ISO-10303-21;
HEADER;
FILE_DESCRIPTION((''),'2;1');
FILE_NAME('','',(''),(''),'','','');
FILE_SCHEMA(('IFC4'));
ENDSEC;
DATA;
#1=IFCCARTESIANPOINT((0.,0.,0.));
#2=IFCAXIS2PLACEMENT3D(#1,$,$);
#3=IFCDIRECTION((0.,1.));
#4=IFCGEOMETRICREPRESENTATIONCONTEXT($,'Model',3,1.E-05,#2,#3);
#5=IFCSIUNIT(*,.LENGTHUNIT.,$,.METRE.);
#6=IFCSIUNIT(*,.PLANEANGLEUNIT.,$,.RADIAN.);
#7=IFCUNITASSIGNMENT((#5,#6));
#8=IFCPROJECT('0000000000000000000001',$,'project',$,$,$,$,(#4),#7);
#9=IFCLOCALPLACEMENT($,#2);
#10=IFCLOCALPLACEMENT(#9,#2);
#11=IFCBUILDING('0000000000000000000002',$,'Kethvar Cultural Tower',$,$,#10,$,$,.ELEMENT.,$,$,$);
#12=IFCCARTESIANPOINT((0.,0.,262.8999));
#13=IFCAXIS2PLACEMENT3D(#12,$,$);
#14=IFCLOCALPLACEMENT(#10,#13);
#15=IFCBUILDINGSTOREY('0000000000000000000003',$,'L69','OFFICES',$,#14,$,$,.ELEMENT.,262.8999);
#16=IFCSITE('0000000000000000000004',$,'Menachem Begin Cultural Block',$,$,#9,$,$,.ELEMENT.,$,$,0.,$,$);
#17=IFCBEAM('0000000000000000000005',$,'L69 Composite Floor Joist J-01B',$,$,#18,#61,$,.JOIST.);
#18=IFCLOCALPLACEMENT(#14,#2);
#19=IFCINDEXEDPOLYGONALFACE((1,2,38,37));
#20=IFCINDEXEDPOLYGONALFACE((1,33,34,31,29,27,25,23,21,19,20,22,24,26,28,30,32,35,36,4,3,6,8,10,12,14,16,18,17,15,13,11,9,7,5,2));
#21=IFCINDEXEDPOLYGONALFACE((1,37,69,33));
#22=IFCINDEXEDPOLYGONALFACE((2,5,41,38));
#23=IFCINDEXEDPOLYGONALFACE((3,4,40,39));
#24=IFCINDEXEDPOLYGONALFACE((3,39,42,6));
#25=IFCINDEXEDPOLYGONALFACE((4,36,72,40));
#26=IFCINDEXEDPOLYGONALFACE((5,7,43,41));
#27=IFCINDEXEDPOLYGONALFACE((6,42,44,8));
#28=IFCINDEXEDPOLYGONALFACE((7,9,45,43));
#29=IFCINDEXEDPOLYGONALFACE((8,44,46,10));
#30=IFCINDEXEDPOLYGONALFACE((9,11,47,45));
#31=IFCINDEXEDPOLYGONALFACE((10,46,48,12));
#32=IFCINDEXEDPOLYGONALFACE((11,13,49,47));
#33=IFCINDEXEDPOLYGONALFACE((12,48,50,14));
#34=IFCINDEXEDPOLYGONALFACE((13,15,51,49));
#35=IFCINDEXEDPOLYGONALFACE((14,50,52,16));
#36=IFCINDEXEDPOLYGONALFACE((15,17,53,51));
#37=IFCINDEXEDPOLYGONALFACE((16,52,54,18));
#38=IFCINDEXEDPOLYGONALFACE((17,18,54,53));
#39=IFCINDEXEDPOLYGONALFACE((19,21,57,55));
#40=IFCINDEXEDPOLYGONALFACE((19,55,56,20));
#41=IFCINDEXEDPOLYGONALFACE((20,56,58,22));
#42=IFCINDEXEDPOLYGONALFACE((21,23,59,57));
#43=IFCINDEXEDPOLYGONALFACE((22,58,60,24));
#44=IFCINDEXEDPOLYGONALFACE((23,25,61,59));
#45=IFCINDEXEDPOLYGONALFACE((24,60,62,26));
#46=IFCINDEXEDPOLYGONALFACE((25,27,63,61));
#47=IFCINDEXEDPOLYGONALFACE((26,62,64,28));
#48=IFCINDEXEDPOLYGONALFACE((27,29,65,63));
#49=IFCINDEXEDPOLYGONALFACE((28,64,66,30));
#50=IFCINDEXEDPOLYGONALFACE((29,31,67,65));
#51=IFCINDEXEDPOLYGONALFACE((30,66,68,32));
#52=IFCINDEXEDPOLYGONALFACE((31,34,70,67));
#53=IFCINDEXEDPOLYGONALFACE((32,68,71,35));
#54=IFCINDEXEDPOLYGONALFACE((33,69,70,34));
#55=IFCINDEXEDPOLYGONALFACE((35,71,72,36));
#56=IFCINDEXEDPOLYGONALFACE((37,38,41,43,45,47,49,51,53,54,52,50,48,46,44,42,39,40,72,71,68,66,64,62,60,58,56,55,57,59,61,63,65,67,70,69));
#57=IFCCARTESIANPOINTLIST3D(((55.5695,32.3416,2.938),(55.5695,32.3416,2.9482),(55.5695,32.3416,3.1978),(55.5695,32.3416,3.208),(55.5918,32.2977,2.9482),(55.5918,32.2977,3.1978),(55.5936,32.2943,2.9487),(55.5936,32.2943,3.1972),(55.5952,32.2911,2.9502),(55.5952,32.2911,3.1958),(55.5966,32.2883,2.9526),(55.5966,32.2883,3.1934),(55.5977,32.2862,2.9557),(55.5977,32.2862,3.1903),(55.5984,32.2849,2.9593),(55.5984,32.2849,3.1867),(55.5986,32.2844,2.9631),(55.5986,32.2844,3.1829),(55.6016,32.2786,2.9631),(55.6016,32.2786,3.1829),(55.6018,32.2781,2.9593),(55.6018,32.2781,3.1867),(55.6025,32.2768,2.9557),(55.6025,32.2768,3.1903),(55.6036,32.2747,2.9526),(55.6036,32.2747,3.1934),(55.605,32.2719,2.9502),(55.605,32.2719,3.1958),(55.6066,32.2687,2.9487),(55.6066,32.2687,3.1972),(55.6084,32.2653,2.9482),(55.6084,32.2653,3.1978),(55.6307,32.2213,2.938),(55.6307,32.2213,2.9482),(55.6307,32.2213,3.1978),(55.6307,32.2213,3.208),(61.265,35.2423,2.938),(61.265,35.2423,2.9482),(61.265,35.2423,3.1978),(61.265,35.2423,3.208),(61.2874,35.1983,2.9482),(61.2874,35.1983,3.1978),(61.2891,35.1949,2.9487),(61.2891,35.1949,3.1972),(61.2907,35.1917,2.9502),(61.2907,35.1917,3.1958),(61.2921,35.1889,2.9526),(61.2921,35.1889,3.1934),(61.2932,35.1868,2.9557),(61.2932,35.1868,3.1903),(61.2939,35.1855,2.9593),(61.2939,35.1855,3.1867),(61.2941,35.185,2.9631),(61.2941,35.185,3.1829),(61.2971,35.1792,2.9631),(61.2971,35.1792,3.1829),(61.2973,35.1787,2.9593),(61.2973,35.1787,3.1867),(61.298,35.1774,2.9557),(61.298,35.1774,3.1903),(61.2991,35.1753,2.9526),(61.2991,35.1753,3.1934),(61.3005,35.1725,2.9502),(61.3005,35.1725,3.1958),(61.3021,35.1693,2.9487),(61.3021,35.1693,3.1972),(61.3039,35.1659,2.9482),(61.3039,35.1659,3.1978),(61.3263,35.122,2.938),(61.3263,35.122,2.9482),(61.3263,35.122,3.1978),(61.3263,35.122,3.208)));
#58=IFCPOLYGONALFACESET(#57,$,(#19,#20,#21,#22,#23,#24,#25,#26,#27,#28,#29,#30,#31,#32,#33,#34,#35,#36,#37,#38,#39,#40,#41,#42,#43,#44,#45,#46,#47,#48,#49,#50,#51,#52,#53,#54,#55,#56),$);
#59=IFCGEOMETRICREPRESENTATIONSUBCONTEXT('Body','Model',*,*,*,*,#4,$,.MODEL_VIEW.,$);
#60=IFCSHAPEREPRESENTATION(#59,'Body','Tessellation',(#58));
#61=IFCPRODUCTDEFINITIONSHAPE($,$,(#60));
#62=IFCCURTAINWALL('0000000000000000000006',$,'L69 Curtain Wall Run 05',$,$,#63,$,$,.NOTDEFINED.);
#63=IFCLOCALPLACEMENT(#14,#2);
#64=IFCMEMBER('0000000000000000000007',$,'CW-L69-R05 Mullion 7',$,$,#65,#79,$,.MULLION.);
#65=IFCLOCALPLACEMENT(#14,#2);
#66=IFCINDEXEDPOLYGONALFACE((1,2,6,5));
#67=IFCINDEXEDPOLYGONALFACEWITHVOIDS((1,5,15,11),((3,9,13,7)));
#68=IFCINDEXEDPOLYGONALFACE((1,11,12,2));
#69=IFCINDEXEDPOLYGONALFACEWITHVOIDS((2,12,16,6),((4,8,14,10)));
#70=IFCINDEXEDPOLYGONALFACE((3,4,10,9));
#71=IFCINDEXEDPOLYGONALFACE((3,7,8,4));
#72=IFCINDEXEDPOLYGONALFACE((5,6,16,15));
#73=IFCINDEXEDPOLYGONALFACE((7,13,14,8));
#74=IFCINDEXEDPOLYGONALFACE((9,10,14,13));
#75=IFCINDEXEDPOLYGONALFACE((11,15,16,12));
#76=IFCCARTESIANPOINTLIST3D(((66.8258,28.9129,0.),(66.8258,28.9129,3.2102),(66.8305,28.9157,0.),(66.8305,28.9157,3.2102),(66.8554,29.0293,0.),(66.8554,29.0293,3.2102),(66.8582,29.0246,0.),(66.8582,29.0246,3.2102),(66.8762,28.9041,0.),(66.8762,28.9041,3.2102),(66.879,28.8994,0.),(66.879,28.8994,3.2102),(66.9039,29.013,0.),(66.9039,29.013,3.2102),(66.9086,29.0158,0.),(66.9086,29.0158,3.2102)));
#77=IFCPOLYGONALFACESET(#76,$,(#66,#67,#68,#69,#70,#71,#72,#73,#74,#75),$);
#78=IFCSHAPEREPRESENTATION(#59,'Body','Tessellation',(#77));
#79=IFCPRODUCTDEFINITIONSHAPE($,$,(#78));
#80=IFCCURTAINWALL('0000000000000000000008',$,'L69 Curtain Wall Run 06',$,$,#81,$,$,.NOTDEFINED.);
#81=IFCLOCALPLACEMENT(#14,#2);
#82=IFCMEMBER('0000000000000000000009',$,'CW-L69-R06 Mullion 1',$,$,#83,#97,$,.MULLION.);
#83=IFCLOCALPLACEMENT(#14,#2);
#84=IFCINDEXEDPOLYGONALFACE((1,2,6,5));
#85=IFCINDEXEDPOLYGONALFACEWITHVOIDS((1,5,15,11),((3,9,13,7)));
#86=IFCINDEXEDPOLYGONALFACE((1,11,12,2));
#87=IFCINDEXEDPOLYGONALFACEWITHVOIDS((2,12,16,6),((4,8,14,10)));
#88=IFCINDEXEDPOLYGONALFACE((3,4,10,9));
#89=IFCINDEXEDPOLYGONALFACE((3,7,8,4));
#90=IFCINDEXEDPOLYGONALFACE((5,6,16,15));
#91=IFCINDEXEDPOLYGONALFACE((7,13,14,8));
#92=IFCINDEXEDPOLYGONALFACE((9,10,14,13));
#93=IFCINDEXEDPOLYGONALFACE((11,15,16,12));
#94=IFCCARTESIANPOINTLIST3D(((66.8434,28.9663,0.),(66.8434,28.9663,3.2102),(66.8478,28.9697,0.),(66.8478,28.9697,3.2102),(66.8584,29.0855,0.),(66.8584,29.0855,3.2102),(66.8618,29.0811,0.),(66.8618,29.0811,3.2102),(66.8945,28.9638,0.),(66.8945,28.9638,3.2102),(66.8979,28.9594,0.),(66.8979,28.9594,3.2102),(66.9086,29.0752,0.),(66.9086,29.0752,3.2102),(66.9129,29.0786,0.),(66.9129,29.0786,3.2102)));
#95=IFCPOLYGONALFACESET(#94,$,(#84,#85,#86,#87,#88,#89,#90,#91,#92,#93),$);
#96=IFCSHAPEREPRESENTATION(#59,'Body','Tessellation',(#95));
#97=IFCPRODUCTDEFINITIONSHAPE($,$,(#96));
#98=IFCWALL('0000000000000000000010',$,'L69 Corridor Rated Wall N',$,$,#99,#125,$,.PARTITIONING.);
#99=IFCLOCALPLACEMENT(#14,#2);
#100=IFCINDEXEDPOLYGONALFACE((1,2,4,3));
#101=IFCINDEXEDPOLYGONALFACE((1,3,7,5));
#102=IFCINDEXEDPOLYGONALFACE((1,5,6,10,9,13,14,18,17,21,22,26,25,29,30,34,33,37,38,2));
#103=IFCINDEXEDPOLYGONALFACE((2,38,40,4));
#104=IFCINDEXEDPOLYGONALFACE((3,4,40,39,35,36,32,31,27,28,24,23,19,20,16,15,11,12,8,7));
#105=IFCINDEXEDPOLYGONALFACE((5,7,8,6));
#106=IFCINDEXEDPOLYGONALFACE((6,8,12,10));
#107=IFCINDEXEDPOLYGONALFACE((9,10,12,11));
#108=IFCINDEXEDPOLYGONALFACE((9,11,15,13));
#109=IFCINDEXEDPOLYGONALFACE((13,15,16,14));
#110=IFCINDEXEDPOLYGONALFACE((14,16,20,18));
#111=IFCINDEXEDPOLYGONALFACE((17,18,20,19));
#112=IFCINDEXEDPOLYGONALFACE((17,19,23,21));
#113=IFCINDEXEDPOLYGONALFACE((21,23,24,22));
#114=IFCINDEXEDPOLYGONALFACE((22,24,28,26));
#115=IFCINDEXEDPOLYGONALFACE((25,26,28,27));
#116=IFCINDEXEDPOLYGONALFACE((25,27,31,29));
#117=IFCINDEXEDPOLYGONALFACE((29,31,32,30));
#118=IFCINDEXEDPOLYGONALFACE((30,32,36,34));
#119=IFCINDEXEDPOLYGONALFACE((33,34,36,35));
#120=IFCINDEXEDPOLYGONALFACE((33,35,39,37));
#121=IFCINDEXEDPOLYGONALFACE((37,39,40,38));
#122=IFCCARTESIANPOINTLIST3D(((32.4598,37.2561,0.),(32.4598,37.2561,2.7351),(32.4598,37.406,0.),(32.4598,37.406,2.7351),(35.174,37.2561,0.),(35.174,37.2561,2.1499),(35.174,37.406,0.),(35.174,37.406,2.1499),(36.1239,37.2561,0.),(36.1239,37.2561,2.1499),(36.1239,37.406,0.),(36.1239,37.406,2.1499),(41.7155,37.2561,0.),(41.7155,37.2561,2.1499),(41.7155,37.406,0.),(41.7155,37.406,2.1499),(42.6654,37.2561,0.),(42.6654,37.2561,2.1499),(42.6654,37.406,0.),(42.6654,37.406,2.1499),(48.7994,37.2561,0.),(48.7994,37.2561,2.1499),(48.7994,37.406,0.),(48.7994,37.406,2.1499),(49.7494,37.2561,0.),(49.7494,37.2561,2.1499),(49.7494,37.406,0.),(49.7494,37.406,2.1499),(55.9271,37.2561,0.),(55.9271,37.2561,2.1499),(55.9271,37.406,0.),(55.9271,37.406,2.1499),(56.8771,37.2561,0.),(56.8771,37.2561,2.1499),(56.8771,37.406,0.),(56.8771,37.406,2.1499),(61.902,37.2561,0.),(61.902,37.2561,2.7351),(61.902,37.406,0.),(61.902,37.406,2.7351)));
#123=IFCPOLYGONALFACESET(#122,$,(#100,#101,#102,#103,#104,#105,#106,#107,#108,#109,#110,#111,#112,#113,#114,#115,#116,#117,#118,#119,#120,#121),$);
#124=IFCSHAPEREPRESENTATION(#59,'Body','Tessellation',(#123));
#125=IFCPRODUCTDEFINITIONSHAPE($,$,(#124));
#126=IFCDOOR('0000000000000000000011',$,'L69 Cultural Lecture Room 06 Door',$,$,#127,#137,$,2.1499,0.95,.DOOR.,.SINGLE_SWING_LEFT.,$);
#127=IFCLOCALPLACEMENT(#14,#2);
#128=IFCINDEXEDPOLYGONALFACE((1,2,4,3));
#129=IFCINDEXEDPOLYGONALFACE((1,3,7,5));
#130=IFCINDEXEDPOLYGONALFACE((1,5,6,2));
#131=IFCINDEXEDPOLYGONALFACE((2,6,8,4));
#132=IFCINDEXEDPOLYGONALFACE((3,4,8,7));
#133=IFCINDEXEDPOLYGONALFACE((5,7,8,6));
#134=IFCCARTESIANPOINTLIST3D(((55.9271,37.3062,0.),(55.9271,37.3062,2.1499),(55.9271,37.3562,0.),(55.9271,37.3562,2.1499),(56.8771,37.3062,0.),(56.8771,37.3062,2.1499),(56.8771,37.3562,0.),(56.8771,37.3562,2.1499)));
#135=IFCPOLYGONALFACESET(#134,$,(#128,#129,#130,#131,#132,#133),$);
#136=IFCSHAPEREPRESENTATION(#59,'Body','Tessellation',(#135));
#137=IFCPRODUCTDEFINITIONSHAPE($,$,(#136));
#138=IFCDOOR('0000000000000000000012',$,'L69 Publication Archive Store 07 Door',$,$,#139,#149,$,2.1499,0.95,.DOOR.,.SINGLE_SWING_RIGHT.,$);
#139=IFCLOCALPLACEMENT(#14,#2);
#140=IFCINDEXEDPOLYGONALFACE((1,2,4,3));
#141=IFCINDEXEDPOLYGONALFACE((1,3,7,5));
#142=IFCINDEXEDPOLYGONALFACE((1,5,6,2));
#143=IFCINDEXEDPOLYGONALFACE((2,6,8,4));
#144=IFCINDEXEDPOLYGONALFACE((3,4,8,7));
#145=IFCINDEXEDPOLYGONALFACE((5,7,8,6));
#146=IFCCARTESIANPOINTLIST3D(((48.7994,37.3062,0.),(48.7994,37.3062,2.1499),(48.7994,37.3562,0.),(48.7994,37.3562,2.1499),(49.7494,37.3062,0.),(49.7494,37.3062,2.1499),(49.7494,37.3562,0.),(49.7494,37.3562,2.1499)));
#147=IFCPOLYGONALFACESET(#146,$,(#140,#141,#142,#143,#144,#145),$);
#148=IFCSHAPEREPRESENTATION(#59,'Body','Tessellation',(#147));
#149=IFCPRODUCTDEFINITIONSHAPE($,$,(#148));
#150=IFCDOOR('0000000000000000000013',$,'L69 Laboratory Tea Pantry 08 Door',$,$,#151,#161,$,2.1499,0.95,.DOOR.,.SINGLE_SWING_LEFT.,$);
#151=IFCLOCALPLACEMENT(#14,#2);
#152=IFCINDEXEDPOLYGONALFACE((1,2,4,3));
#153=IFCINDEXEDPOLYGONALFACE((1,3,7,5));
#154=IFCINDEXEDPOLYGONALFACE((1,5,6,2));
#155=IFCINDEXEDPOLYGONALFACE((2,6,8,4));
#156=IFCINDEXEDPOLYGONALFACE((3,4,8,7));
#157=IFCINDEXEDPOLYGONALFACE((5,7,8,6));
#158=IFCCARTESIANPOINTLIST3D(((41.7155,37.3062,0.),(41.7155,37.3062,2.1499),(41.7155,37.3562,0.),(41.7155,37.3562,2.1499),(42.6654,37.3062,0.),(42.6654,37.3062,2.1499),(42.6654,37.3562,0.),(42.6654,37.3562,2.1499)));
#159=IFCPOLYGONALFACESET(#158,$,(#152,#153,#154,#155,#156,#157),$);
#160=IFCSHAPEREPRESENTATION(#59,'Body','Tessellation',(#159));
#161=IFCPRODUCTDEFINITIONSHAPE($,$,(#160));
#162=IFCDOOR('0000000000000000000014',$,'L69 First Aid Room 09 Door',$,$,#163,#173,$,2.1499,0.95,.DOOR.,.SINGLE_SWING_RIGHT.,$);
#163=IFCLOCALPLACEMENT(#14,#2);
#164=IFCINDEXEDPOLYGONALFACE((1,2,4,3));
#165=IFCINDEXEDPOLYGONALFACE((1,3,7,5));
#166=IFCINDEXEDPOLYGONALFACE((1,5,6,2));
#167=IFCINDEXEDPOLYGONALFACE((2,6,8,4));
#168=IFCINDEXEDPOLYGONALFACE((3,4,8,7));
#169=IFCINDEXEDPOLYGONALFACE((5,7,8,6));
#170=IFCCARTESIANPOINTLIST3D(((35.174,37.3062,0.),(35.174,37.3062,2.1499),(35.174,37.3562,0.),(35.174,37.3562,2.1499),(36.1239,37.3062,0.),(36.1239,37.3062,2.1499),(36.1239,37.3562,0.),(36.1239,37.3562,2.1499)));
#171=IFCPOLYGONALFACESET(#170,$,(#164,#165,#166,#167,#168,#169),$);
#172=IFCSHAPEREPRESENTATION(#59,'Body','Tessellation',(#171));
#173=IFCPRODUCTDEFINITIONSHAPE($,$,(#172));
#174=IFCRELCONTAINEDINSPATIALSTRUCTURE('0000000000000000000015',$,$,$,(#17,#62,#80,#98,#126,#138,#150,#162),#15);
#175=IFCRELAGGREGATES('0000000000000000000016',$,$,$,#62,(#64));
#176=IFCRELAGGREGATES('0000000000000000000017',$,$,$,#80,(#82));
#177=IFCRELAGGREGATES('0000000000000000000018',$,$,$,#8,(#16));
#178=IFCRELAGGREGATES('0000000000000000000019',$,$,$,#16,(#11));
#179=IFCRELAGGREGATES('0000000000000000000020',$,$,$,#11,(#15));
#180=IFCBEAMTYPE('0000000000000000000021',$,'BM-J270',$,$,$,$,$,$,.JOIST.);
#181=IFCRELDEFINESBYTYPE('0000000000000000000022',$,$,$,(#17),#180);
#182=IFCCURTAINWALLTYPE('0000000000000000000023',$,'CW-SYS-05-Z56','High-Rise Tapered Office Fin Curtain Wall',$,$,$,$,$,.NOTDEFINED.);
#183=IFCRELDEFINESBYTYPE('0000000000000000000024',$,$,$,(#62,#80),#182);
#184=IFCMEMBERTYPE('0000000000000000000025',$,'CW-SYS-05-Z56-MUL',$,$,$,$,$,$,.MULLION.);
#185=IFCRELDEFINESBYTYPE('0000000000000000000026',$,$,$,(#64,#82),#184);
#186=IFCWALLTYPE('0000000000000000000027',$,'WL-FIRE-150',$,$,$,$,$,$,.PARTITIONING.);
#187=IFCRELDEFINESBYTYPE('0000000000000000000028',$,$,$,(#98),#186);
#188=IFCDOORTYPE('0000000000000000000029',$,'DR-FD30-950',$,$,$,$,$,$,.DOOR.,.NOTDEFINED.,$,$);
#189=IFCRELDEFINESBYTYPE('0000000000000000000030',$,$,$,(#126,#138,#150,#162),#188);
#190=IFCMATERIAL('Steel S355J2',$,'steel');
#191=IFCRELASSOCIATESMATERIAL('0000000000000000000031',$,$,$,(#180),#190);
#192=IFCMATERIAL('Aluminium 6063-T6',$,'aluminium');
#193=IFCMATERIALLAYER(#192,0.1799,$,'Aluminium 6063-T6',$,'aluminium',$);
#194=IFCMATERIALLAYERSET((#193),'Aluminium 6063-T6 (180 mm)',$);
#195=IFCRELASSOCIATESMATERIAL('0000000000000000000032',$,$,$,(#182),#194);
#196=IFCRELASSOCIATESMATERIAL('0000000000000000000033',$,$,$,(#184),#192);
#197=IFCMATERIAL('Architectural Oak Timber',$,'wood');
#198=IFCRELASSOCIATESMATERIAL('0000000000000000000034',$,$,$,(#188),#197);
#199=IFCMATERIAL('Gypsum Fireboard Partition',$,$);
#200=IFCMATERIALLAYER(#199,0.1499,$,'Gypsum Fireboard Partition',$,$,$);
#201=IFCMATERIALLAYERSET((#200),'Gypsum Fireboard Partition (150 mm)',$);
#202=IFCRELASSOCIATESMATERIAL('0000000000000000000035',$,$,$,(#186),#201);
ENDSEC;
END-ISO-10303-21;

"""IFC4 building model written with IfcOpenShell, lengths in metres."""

from ifc_helpers import new_model, si_unit, direction, frame, frame_2d, origin, origin_2d, place, context, subcontext, project, spatial, rectangle, hollow_rectangle, i_section, extrude, source, transform, mapped, material, layer, layer_set, material_profile, profile_set, type_object, element, fill, aggregate, save


model = new_model("IFC4")

# Units and contexts
model_context = context("Model", 3, precision=1e-05, world=origin(), true_north=direction((0.0, 1.0)))
body_context = subcontext(model_context, "Body", "Model", "MODEL_VIEW")
ifc_project = project(units=[si_unit("LENGTHUNIT", "METRE"), si_unit("PLANEANGLEUNIT", "RADIAN")], contexts=[model_context])

# Site, building, storey
site_placement = place(None, origin())
site = spatial("IfcSite", under=ifc_project, at=site_placement, Name="Menachem Begin Cultural Block", CompositionType="ELEMENT", RefElevation=0.0)
building_placement = place(site_placement, origin())
building = spatial("IfcBuilding", under=site, at=building_placement, Name="Kethvar Cultural Tower", CompositionType="ELEMENT")
storey_placement = place(building_placement, frame((0.0, 0.0, 262.8999)))
storey = spatial("IfcBuildingStorey", under=building, at=storey_placement, Name="L69", Description="OFFICES", CompositionType="ELEMENT", Elevation=262.8999)

# Beam
ifc_material_1 = material(Name="Steel S355J2", Category="steel")
ifc_material_profile_1 = material_profile(ifc_material_1, i_section(OverallWidth=0.135, OverallDepth=0.27, WebThickness=0.0066, FlangeThickness=0.0103, FilletRadius=0.0149, at=origin_2d()), Name="Steel S355J2 — IPE270")
ifc_profile_set_1 = profile_set([ifc_material_profile_1], Name="Steel S355J2 — IPE270")
beam_type_1 = type_object("IfcBeamType", Name="BM-J270", PredefinedType="JOIST", material=ifc_profile_set_1)
shared_shape_1 = source(origin(), body_context, "Body", "SweptSolid", [
    extrude(i_section(OverallWidth=0.135, OverallDepth=0.27, WebThickness=0.0066, FlangeThickness=0.0103, FilletRadius=0.0149, at=origin_2d()), origin(), (0.0, 0.0, 1.0), 6.3916),
])
beam_1_placement = place(storey_placement, frame((55.6001, 32.2815, 3.073), z_axis=(0.891095, 0.453817, 0.0), x_axis=(-0.453817, 0.891095, 0.0)))
element("IfcBeam", 1, at=beam_1_placement, inside=storey, type_object=beam_type_1, Name="L69 Composite Floor Joist J-01B", PredefinedType="JOIST", context=body_context, shape_type="MappedRepresentation", body=[
    mapped(shared_shape_1, transform((0.0, 0.0, 0.0), scale=1.0)),
])

# Curtain walls, members
ifc_material_2 = material(Name="Aluminium 6063-T6", Category="aluminium")
ifc_layer_1 = layer(ifc_material_2, 0.1799, Name="Aluminium 6063-T6", Category="aluminium")
ifc_layer_set_1 = layer_set([ifc_layer_1], Name="Aluminium 6063-T6 (180 mm)")
curtain_wall_type = type_object("IfcCurtainWallType", Name="CW-SYS-05-Z56", Description="High-Rise Tapered Office Fin Curtain Wall", PredefinedType="NOTDEFINED", material=ifc_layer_set_1)
curtain_wall_1_placement = place(storey_placement, origin())
curtain_wall_1 = element("IfcCurtainWall", 2, at=curtain_wall_1_placement, inside=storey, type_object=curtain_wall_type, Name="L69 Curtain Wall Run 05", PredefinedType="NOTDEFINED")
ifc_material_profile_2 = material_profile(ifc_material_2, hollow_rectangle(XDim=0.0549, YDim=0.1201, WallThickness=0.0039, at=origin_2d()), Name="Aluminium 6063-T6 — RHS120x55x4")
ifc_profile_set_2 = profile_set([ifc_material_profile_2], Name="Aluminium 6063-T6 — RHS120x55x4")
member_type = type_object("IfcMemberType", Name="CW-SYS-05-Z56-MUL", PredefinedType="MULLION", material=ifc_profile_set_2)
shared_shape_2 = source(origin(), body_context, "Body", "SweptSolid", [
    extrude(hollow_rectangle(XDim=0.0549, YDim=0.1201, WallThickness=0.0039, at=origin_2d()), origin(), (0.0, 0.0, 1.0), 3.2102),
])
member_1_placement = place(storey_placement, frame((66.8672, 28.9644, 0.0), z_axis=(0.0, 0.0, 1.0), x_axis=(-0.969158, 0.246441, 0.0)))
member_1 = element("IfcMember", 3, at=member_1_placement, type_object=member_type, Name="CW-L69-R05 Mullion 7", PredefinedType="MULLION", context=body_context, shape_type="MappedRepresentation", body=[
    mapped(shared_shape_2, transform((0.0, 0.0, 0.0), scale=1.0)),
])
aggregate(curtain_wall_1, [member_1])
curtain_wall_2_placement = place(storey_placement, origin())
curtain_wall_2 = element("IfcCurtainWall", 4, at=curtain_wall_2_placement, inside=storey, type_object=curtain_wall_type, Name="L69 Curtain Wall Run 06", PredefinedType="NOTDEFINED")
member_2_placement = place(storey_placement, frame((66.8782, 29.0225, 0.0), z_axis=(0.0, 0.0, 1.0), x_axis=(-0.992165, 0.124935, 0.0)))
member_2 = element("IfcMember", 5, at=member_2_placement, type_object=member_type, Name="CW-L69-R06 Mullion 1", PredefinedType="MULLION", context=body_context, shape_type="MappedRepresentation", body=[
    mapped(shared_shape_2, transform((0.0, 0.0, 0.0), scale=1.0)),
])
aggregate(curtain_wall_2, [member_2])

# Wall, openings, doors
ifc_material_3 = material(Name="Architectural Oak Timber", Category="wood")
door_type_1 = type_object("IfcDoorType", Name="DR-FD30-950", OperationType="NOTDEFINED", PredefinedType="DOOR", material=ifc_material_3)
shared_shape_3 = source(origin(), body_context, "Body", "SweptSolid", [
    extrude(rectangle(XDim=0.95, YDim=2.1499, at=frame_2d((0.4751, 1.075))), frame((0.0, 0.0249, 0.0), z_axis=(0.0, -1.0, 0.0), x_axis=(1.0, 0.0, 0.0)), (0.0, 0.0, 1.0), 0.05),
])
ifc_material_4 = material(Name="Gypsum Fireboard Partition")
ifc_layer_2 = layer(ifc_material_4, 0.1499, Name="Gypsum Fireboard Partition")
ifc_layer_set_2 = layer_set([ifc_layer_2], Name="Gypsum Fireboard Partition (150 mm)")
wall_type_1 = type_object("IfcWallType", Name="WL-FIRE-150", PredefinedType="PARTITIONING", material=ifc_layer_set_2)
wall_1_placement = place(storey_placement, frame((61.9021, 37.3311, 0.0), z_axis=(0.0, 0.0, 1.0), x_axis=(-1.0, 0.0, 0.0)))
wall_1 = element("IfcWall", 6, at=wall_1_placement, inside=storey, type_object=wall_type_1, Name="L69 Corridor Rated Wall N", PredefinedType="PARTITIONING", context=body_context, shape_type="SweptSolid", body=[
    extrude(rectangle(XDim=29.4421, YDim=0.1499, at=frame_2d((14.7212, 0.0))), origin(), (0.0, 0.0, 1.0), 2.7351),
])
opening_1_placement = place(wall_1_placement, frame((5.0249, 0.0, 0.0)))
opening_1 = element("IfcOpeningElement", 7, at=opening_1_placement, cuts=wall_1, PredefinedType="OPENING", context=body_context, shape_type="SweptSolid", body=[
    extrude(rectangle(XDim=0.95, YDim=2.1499, at=frame_2d((0.4751, 1.075))), frame((0.0, 0.085, 0.0), z_axis=(0.0, -1.0, 0.0), x_axis=(1.0, 0.0, 0.0)), (0.0, 0.0, 1.0), 0.1699),
])
opening_2_placement = place(wall_1_placement, frame((12.1526, 0.0, 0.0)))
opening_2 = element("IfcOpeningElement", 8, at=opening_2_placement, cuts=wall_1, PredefinedType="OPENING", context=body_context, shape_type="SweptSolid", body=[
    extrude(rectangle(XDim=0.95, YDim=2.1499, at=frame_2d((0.4751, 1.075))), frame((0.0, 0.085, 0.0), z_axis=(0.0, -1.0, 0.0), x_axis=(1.0, 0.0, 0.0)), (0.0, 0.0, 1.0), 0.1699),
])
opening_3_placement = place(wall_1_placement, frame((19.2366, 0.0, 0.0)))
opening_3 = element("IfcOpeningElement", 9, at=opening_3_placement, cuts=wall_1, PredefinedType="OPENING", context=body_context, shape_type="SweptSolid", body=[
    extrude(rectangle(XDim=0.95, YDim=2.1499, at=frame_2d((0.4751, 1.075))), frame((0.0, 0.085, 0.0), z_axis=(0.0, -1.0, 0.0), x_axis=(1.0, 0.0, 0.0)), (0.0, 0.0, 1.0), 0.1699),
])
opening_4_placement = place(wall_1_placement, frame((25.7781, 0.0, 0.0)))
opening_4 = element("IfcOpeningElement", 10, at=opening_4_placement, cuts=wall_1, PredefinedType="OPENING", context=body_context, shape_type="SweptSolid", body=[
    extrude(rectangle(XDim=0.95, YDim=2.1499, at=frame_2d((0.4751, 1.075))), frame((0.0, 0.085, 0.0), z_axis=(0.0, -1.0, 0.0), x_axis=(1.0, 0.0, 0.0)), (0.0, 0.0, 1.0), 0.1699),
])
door_1_placement = place(opening_1_placement, origin())
door_1 = element("IfcDoor", 11, at=door_1_placement, inside=storey, type_object=door_type_1, Name="L69 Cultural Lecture Room 06 Door", OperationType="SINGLE_SWING_LEFT", OverallHeight=2.1499, OverallWidth=0.95, PredefinedType="DOOR", context=body_context, shape_type="MappedRepresentation", body=[
    mapped(shared_shape_3, transform((0.0, 0.0, 0.0), scale=1.0)),
])
fill(opening_1, door_1)
door_2_placement = place(opening_2_placement, origin())
door_2 = element("IfcDoor", 12, at=door_2_placement, inside=storey, type_object=door_type_1, Name="L69 Publication Archive Store 07 Door", OperationType="SINGLE_SWING_RIGHT", OverallHeight=2.1499, OverallWidth=0.95, PredefinedType="DOOR", context=body_context, shape_type="MappedRepresentation", body=[
    mapped(shared_shape_3, transform((0.0, 0.0, 0.0), scale=1.0)),
])
fill(opening_2, door_2)
door_3_placement = place(opening_3_placement, origin())
door_3 = element("IfcDoor", 13, at=door_3_placement, inside=storey, type_object=door_type_1, Name="L69 Laboratory Tea Pantry 08 Door", OperationType="SINGLE_SWING_LEFT", OverallHeight=2.1499, OverallWidth=0.95, PredefinedType="DOOR", context=body_context, shape_type="MappedRepresentation", body=[
    mapped(shared_shape_3, transform((0.0, 0.0, 0.0), scale=1.0)),
])
fill(opening_3, door_3)
door_4_placement = place(opening_4_placement, origin())
door_4 = element("IfcDoor", 14, at=door_4_placement, inside=storey, type_object=door_type_1, Name="L69 First Aid Room 09 Door", OperationType="SINGLE_SWING_RIGHT", OverallHeight=2.1499, OverallWidth=0.95, PredefinedType="DOOR", context=body_context, shape_type="MappedRepresentation", body=[
    mapped(shared_shape_3, transform((0.0, 0.0, 0.0), scale=1.0)),
])
fill(opening_4, door_4)

save(model, "model.ifc")
